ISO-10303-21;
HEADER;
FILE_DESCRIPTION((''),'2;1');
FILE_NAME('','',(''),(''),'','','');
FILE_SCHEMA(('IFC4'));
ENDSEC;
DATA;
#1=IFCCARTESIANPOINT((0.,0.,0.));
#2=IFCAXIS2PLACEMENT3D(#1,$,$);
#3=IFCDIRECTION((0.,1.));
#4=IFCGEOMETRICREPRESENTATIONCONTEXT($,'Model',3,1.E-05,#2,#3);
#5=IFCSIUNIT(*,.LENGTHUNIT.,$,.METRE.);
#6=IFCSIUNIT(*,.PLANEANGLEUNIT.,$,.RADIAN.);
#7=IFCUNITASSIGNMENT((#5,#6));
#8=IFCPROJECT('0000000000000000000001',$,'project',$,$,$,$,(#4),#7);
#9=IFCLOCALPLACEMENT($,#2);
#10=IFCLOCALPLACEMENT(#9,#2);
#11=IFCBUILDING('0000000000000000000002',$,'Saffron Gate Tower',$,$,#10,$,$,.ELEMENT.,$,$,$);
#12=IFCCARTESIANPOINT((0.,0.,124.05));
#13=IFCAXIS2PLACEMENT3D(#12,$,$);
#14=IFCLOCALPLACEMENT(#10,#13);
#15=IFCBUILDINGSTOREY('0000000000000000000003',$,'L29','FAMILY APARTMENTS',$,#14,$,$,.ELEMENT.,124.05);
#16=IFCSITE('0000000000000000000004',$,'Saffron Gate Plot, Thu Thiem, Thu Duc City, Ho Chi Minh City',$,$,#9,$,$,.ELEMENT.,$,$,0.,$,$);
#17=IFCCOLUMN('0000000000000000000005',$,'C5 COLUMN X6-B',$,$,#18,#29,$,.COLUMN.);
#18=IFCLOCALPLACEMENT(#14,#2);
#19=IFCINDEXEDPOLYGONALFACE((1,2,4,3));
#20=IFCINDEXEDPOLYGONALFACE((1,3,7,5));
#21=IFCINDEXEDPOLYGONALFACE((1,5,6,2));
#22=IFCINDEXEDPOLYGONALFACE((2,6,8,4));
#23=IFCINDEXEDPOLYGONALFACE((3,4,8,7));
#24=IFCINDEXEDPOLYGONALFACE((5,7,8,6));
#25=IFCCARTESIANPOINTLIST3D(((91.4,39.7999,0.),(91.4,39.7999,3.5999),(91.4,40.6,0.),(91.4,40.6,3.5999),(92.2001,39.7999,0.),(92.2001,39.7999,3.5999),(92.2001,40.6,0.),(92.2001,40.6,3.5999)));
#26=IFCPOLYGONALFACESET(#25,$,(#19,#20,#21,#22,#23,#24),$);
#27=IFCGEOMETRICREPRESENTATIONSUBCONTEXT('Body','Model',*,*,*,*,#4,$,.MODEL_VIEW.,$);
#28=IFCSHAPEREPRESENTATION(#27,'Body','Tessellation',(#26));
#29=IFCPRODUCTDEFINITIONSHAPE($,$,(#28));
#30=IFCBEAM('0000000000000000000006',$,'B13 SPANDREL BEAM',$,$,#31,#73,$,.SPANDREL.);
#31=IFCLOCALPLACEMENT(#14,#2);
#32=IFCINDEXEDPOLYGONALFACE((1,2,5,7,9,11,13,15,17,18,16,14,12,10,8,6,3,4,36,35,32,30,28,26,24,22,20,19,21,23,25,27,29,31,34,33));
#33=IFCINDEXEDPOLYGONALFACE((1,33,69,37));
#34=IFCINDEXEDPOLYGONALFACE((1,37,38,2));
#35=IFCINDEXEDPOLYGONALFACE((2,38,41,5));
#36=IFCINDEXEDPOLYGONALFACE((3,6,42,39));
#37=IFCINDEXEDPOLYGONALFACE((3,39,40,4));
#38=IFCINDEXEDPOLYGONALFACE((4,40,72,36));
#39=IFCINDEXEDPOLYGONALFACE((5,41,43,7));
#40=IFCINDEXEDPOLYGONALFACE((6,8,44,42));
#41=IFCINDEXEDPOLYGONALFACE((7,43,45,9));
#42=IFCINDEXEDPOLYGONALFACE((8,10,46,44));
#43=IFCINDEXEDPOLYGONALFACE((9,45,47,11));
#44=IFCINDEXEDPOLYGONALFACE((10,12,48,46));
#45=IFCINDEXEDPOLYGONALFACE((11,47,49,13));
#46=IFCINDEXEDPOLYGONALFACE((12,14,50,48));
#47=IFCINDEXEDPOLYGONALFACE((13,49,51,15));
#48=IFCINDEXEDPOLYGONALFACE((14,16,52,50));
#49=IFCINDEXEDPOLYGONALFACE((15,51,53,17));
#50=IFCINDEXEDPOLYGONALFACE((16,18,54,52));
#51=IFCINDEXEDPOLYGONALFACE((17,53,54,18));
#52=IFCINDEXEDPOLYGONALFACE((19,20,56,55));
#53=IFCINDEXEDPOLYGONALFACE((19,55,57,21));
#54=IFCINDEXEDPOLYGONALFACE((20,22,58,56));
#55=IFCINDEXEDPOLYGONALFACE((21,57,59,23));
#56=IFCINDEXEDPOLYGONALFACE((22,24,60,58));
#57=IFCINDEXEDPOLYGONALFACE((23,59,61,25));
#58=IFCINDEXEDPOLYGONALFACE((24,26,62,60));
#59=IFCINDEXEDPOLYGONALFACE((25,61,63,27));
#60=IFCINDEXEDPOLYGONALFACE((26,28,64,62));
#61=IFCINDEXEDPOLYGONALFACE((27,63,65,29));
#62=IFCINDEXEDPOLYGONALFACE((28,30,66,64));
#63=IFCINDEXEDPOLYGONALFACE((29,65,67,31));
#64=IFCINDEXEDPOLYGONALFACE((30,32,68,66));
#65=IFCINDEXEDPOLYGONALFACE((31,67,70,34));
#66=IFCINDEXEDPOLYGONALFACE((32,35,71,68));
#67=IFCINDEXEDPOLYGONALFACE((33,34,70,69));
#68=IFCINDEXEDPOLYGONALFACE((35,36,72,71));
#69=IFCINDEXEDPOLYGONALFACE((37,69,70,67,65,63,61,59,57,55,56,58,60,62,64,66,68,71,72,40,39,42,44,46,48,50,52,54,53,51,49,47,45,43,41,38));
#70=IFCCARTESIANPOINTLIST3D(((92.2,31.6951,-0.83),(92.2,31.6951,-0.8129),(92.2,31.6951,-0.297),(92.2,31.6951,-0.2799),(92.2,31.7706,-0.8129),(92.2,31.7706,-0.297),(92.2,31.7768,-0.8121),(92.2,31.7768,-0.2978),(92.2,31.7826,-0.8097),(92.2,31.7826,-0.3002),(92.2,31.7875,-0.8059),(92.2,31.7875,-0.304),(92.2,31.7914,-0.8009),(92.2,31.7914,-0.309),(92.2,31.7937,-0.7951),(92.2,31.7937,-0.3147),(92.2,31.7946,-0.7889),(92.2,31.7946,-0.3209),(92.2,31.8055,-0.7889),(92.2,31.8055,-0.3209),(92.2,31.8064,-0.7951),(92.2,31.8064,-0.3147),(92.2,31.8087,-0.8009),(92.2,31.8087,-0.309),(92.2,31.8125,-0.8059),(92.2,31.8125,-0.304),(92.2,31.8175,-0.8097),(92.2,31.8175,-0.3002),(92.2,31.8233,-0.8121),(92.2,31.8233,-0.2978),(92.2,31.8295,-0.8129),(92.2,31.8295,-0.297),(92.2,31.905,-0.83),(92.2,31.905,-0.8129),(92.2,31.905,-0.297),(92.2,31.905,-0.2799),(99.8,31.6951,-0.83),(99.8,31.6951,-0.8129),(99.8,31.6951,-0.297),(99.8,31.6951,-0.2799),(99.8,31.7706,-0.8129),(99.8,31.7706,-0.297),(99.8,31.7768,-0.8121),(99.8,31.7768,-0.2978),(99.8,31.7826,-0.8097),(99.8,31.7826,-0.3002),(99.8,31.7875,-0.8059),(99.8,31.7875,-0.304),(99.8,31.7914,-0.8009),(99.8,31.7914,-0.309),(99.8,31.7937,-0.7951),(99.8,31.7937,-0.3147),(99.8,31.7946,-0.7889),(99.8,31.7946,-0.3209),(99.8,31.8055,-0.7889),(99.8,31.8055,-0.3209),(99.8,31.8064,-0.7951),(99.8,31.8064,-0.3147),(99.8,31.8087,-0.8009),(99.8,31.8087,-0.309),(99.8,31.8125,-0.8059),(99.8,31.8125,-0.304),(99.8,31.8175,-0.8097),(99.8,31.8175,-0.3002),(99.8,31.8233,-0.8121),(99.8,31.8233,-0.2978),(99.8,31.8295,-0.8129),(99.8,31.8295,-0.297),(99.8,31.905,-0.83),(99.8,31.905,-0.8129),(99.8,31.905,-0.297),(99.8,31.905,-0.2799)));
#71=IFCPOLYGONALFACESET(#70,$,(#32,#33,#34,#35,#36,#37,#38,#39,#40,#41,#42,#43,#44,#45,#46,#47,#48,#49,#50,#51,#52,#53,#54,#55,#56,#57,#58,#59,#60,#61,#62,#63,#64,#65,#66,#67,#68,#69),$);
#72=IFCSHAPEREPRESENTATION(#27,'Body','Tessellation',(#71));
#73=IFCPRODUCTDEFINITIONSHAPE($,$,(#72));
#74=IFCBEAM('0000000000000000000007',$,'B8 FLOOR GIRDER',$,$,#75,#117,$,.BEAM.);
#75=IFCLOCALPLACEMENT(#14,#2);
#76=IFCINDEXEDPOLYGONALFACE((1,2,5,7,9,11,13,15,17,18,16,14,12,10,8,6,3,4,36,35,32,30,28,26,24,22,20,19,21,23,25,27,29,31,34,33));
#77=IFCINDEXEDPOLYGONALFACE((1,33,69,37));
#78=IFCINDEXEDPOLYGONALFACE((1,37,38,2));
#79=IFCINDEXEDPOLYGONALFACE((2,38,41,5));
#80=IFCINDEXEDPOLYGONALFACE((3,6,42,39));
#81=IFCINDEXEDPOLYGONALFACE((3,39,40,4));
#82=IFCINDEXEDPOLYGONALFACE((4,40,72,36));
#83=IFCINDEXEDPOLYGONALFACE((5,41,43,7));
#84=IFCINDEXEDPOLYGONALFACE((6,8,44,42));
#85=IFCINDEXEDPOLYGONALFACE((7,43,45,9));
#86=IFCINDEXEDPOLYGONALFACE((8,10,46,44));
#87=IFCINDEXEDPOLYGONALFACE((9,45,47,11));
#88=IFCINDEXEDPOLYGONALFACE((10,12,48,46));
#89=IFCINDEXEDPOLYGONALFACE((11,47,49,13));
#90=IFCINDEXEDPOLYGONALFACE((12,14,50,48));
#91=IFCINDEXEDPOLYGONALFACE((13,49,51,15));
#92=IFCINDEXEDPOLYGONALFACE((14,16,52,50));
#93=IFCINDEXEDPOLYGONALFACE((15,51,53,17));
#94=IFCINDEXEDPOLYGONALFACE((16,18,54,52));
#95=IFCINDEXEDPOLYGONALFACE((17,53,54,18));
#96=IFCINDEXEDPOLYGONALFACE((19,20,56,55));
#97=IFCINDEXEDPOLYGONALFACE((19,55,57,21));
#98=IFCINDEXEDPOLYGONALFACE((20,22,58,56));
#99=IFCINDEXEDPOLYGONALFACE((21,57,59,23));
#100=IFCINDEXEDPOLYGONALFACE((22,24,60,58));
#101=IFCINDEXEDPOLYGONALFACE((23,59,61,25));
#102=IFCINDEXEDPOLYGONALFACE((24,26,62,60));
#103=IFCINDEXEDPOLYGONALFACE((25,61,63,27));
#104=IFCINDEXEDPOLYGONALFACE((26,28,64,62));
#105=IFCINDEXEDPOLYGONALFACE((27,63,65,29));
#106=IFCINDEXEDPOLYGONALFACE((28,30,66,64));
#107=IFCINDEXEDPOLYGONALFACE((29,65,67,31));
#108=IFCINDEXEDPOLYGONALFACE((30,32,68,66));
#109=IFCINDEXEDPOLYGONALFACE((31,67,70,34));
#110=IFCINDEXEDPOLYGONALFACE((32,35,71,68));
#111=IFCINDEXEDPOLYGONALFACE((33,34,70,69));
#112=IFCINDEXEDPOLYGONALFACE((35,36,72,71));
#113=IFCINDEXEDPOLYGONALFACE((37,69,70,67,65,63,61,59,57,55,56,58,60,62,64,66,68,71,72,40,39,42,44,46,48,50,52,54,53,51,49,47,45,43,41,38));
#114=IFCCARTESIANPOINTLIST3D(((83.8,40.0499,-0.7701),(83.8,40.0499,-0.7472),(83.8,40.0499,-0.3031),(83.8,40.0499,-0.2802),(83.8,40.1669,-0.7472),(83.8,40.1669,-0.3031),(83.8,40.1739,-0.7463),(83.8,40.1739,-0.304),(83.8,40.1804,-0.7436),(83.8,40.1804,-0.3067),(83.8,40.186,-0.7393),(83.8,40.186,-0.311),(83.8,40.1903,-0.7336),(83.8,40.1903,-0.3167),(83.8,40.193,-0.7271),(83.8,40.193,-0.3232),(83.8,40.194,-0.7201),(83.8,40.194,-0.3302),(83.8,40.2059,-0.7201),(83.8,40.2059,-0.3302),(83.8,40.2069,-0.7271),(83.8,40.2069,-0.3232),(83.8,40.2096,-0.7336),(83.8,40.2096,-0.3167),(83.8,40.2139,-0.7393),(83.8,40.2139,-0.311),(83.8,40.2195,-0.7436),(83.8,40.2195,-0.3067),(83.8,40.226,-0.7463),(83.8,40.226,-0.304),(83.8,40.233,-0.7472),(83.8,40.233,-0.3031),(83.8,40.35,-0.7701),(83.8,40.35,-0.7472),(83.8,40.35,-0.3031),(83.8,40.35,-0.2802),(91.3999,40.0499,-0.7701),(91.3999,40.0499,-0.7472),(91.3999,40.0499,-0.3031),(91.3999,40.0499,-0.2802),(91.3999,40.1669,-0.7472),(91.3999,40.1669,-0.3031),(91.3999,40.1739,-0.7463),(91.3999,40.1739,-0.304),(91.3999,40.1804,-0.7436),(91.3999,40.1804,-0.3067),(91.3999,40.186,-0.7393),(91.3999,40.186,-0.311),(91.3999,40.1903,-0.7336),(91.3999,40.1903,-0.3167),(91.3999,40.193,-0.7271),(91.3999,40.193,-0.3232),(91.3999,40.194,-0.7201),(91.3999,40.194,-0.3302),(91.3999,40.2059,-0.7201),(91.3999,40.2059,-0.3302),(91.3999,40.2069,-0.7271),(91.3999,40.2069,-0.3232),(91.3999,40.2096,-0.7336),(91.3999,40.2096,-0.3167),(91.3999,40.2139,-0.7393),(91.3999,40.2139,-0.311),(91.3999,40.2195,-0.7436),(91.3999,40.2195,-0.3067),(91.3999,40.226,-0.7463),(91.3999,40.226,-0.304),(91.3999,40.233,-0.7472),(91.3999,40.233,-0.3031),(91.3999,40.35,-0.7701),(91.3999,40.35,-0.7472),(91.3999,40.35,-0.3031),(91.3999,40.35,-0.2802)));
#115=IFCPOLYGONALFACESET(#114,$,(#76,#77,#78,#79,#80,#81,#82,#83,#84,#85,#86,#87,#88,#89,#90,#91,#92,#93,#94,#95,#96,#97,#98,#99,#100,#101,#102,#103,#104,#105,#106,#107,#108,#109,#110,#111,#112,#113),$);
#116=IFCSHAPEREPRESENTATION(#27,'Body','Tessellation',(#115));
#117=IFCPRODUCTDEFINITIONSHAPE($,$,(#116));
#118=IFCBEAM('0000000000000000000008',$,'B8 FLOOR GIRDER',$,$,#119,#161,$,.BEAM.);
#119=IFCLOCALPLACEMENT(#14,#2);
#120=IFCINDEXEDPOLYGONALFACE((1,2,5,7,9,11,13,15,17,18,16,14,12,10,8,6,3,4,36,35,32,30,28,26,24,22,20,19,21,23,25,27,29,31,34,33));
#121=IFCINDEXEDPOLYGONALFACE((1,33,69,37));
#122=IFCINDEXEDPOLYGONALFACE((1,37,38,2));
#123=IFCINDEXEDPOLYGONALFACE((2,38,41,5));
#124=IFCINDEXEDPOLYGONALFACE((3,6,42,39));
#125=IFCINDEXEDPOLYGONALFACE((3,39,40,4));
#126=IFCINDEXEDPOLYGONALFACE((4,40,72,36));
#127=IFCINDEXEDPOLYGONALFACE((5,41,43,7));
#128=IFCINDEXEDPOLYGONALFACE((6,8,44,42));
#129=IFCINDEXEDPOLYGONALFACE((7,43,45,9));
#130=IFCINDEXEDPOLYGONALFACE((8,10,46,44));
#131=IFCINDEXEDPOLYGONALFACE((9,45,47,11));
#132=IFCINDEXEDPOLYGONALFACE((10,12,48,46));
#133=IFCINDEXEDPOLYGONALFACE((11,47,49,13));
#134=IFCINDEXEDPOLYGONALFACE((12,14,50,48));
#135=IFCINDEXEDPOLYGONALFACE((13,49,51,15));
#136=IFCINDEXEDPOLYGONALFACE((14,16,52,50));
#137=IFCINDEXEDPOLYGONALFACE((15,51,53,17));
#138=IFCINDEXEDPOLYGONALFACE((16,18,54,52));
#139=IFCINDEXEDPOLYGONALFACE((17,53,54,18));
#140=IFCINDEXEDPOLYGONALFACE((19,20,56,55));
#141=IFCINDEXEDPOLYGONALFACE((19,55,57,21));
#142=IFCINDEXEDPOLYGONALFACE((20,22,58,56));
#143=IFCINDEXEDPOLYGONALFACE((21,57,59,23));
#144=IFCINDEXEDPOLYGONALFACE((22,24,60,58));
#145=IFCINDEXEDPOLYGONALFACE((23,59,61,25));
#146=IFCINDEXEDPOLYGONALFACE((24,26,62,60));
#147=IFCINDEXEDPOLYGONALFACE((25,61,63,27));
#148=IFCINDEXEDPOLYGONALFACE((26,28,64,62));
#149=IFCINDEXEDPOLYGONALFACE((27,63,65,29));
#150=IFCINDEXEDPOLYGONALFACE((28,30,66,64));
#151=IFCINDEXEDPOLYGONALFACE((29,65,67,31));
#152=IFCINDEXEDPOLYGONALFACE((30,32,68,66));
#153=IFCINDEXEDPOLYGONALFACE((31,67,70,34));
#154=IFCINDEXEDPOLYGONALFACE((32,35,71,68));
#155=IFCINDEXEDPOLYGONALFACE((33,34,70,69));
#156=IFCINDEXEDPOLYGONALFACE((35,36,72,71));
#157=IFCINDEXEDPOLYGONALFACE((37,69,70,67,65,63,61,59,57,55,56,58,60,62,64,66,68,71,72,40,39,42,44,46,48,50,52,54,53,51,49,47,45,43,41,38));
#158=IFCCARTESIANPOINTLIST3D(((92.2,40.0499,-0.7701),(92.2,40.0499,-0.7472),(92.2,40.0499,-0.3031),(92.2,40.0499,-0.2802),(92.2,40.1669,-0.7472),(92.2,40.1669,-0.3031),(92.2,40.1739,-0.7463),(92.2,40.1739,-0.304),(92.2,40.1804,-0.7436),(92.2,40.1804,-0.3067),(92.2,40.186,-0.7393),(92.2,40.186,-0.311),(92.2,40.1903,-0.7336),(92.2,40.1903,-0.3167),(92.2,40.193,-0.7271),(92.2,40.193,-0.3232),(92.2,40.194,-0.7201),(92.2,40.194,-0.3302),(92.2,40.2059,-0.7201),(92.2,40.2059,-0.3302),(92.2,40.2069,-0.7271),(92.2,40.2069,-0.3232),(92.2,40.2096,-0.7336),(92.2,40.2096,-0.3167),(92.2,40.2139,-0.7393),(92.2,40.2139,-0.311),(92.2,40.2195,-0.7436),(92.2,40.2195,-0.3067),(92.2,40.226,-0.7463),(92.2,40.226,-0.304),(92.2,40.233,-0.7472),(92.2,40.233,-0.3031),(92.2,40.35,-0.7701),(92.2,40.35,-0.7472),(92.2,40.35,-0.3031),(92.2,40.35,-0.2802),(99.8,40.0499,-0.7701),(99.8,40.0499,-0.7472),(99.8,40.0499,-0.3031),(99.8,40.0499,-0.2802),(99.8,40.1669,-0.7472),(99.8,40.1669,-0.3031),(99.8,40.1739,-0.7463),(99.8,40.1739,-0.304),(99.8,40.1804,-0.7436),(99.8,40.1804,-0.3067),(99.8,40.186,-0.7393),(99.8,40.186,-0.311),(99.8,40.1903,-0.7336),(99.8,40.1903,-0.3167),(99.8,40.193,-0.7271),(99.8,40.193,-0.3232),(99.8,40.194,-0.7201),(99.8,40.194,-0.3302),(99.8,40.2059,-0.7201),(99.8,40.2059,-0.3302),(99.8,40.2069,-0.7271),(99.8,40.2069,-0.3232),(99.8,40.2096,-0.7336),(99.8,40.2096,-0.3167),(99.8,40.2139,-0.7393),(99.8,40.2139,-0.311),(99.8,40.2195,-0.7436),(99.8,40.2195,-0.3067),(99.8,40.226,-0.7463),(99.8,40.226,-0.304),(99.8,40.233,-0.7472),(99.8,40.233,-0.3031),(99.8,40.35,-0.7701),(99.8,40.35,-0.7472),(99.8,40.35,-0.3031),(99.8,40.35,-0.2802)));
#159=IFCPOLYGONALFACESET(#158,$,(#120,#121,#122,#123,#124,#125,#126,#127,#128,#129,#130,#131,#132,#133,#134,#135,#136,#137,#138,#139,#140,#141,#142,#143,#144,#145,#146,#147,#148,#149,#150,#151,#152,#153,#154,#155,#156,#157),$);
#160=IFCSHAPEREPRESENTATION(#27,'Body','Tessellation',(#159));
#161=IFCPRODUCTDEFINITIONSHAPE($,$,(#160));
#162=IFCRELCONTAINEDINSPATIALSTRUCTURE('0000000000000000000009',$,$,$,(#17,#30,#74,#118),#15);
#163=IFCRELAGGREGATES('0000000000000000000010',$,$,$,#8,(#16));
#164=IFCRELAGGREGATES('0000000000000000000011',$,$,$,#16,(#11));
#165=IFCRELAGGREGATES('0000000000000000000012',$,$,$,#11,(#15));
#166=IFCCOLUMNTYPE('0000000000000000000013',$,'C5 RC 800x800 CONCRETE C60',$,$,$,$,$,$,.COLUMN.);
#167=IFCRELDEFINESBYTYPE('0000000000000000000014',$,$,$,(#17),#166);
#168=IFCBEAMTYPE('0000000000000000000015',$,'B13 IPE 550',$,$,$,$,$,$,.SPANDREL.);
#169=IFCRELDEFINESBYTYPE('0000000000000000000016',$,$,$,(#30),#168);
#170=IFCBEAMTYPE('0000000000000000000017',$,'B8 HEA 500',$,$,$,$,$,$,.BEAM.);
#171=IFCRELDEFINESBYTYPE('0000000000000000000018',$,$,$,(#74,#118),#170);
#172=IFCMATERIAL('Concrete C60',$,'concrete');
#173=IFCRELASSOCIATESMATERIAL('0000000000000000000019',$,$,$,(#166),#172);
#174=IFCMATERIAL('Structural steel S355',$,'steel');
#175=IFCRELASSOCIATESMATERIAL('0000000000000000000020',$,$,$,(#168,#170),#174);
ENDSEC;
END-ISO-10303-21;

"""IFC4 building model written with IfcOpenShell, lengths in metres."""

from ifc_helpers import new_model, si_unit, direction, frame, origin, origin_2d, place, context, subcontext, project, spatial, rectangle, i_section, extrude, material, material_profile, profile_set, type_object, element, save


model = new_model("IFC4")

# Units and contexts
model_context = context("Model", 3, precision=1e-05, world=origin(), true_north=direction((0.0, 1.0)))
body_context = subcontext(model_context, "Body", "Model", "MODEL_VIEW")
ifc_project = project(units=[si_unit("LENGTHUNIT", "METRE"), si_unit("PLANEANGLEUNIT", "RADIAN")], contexts=[model_context])

# Site, building, storey
site_placement = place(None, origin())
site = spatial("IfcSite", under=ifc_project, at=site_placement, Name="Saffron Gate Plot, Thu Thiem, Thu Duc City, Ho Chi Minh City", CompositionType="ELEMENT", RefElevation=0.0)
building_placement = place(site_placement, origin())
building = spatial("IfcBuilding", under=site, at=building_placement, Name="Saffron Gate Tower", CompositionType="ELEMENT")
storey_placement = place(building_placement, frame((0.0, 0.0, 124.05)))
storey = spatial("IfcBuildingStorey", under=building, at=storey_placement, Name="L29", Description="FAMILY APARTMENTS", CompositionType="ELEMENT", Elevation=124.05)

# Column
ifc_material_1 = material(Name="Concrete C60", Category="concrete")
ifc_material_profile_1 = material_profile(ifc_material_1, rectangle(XDim=0.8, YDim=0.8, at=origin_2d()))
ifc_profile_set_1 = profile_set([ifc_material_profile_1], Name="Concrete C60")
column_type = type_object("IfcColumnType", Name="C5 RC 800x800 CONCRETE C60", PredefinedType="COLUMN", material=ifc_profile_set_1)
column_placement = place(storey_placement, frame((91.8, 40.2, 0.0), z_axis=(0.0, 0.0, 1.0), x_axis=(1.0, 0.0, 0.0)))
element("IfcColumn", 1, at=column_placement, inside=storey, type_object=column_type, Name="C5 COLUMN X6-B", PredefinedType="COLUMN", context=body_context, shape_type="SweptSolid", body=[
    extrude(rectangle(XDim=0.8, YDim=0.8, at=origin_2d()), origin(), (0.0, 0.0, 1.0), 3.5999),
])

# Beams
ifc_material_2 = material(Name="Structural steel S355", Category="steel")
ifc_material_profile_2 = material_profile(ifc_material_2, i_section(OverallWidth=0.21, OverallDepth=0.55, WebThickness=0.011, FlangeThickness=0.0171, FilletRadius=0.0239, at=origin_2d()))
ifc_profile_set_2 = profile_set([ifc_material_profile_2], Name="Structural steel S355")
beam_type_1 = type_object("IfcBeamType", Name="B13 IPE 550", PredefinedType="SPANDREL", material=ifc_profile_set_2)
beam_1_placement = place(storey_placement, frame((92.2, 31.8, -0.5549), z_axis=(1.0, 0.0, 0.0), x_axis=(0.0, 1.0, 0.0)))
element("IfcBeam", 2, at=beam_1_placement, inside=storey, type_object=beam_type_1, Name="B13 SPANDREL BEAM", PredefinedType="SPANDREL", context=body_context, shape_type="SweptSolid", body=[
    extrude(i_section(OverallWidth=0.21, OverallDepth=0.55, WebThickness=0.011, FlangeThickness=0.0171, FilletRadius=0.0239, at=origin_2d()), origin(), (0.0, 0.0, 1.0), 7.6001),
])
ifc_material_profile_3 = material_profile(ifc_material_2, i_section(OverallWidth=0.3, OverallDepth=0.49, WebThickness=0.012, FlangeThickness=0.0229, FilletRadius=0.0271, at=origin_2d()))
ifc_profile_set_3 = profile_set([ifc_material_profile_3], Name="Structural steel S355")
beam_type_2 = type_object("IfcBeamType", Name="B8 HEA 500", PredefinedType="BEAM", material=ifc_profile_set_3)
beam_2_placement = place(storey_placement, frame((83.8, 40.2, -0.5251), z_axis=(1.0, 0.0, 0.0), x_axis=(0.0, 1.0, 0.0)))
element("IfcBeam", 3, at=beam_2_placement, inside=storey, type_object=beam_type_2, Name="B8 FLOOR GIRDER", PredefinedType="BEAM", context=body_context, shape_type="SweptSolid", body=[
    extrude(i_section(OverallWidth=0.3, OverallDepth=0.49, WebThickness=0.012, FlangeThickness=0.0229, FilletRadius=0.0271, at=origin_2d()), origin(), (0.0, 0.0, 1.0), 7.5999),
])
beam_3_placement = place(storey_placement, frame((92.2, 40.2, -0.5251), z_axis=(1.0, 0.0, 0.0), x_axis=(0.0, 1.0, 0.0)))
element("IfcBeam", 4, at=beam_3_placement, inside=storey, type_object=beam_type_2, Name="B8 FLOOR GIRDER", PredefinedType="BEAM", context=body_context, shape_type="SweptSolid", body=[
    extrude(i_section(OverallWidth=0.3, OverallDepth=0.49, WebThickness=0.012, FlangeThickness=0.0229, FilletRadius=0.0271, at=origin_2d()), origin(), (0.0, 0.0, 1.0), 7.6001),
])

save(model, "model.ifc")
